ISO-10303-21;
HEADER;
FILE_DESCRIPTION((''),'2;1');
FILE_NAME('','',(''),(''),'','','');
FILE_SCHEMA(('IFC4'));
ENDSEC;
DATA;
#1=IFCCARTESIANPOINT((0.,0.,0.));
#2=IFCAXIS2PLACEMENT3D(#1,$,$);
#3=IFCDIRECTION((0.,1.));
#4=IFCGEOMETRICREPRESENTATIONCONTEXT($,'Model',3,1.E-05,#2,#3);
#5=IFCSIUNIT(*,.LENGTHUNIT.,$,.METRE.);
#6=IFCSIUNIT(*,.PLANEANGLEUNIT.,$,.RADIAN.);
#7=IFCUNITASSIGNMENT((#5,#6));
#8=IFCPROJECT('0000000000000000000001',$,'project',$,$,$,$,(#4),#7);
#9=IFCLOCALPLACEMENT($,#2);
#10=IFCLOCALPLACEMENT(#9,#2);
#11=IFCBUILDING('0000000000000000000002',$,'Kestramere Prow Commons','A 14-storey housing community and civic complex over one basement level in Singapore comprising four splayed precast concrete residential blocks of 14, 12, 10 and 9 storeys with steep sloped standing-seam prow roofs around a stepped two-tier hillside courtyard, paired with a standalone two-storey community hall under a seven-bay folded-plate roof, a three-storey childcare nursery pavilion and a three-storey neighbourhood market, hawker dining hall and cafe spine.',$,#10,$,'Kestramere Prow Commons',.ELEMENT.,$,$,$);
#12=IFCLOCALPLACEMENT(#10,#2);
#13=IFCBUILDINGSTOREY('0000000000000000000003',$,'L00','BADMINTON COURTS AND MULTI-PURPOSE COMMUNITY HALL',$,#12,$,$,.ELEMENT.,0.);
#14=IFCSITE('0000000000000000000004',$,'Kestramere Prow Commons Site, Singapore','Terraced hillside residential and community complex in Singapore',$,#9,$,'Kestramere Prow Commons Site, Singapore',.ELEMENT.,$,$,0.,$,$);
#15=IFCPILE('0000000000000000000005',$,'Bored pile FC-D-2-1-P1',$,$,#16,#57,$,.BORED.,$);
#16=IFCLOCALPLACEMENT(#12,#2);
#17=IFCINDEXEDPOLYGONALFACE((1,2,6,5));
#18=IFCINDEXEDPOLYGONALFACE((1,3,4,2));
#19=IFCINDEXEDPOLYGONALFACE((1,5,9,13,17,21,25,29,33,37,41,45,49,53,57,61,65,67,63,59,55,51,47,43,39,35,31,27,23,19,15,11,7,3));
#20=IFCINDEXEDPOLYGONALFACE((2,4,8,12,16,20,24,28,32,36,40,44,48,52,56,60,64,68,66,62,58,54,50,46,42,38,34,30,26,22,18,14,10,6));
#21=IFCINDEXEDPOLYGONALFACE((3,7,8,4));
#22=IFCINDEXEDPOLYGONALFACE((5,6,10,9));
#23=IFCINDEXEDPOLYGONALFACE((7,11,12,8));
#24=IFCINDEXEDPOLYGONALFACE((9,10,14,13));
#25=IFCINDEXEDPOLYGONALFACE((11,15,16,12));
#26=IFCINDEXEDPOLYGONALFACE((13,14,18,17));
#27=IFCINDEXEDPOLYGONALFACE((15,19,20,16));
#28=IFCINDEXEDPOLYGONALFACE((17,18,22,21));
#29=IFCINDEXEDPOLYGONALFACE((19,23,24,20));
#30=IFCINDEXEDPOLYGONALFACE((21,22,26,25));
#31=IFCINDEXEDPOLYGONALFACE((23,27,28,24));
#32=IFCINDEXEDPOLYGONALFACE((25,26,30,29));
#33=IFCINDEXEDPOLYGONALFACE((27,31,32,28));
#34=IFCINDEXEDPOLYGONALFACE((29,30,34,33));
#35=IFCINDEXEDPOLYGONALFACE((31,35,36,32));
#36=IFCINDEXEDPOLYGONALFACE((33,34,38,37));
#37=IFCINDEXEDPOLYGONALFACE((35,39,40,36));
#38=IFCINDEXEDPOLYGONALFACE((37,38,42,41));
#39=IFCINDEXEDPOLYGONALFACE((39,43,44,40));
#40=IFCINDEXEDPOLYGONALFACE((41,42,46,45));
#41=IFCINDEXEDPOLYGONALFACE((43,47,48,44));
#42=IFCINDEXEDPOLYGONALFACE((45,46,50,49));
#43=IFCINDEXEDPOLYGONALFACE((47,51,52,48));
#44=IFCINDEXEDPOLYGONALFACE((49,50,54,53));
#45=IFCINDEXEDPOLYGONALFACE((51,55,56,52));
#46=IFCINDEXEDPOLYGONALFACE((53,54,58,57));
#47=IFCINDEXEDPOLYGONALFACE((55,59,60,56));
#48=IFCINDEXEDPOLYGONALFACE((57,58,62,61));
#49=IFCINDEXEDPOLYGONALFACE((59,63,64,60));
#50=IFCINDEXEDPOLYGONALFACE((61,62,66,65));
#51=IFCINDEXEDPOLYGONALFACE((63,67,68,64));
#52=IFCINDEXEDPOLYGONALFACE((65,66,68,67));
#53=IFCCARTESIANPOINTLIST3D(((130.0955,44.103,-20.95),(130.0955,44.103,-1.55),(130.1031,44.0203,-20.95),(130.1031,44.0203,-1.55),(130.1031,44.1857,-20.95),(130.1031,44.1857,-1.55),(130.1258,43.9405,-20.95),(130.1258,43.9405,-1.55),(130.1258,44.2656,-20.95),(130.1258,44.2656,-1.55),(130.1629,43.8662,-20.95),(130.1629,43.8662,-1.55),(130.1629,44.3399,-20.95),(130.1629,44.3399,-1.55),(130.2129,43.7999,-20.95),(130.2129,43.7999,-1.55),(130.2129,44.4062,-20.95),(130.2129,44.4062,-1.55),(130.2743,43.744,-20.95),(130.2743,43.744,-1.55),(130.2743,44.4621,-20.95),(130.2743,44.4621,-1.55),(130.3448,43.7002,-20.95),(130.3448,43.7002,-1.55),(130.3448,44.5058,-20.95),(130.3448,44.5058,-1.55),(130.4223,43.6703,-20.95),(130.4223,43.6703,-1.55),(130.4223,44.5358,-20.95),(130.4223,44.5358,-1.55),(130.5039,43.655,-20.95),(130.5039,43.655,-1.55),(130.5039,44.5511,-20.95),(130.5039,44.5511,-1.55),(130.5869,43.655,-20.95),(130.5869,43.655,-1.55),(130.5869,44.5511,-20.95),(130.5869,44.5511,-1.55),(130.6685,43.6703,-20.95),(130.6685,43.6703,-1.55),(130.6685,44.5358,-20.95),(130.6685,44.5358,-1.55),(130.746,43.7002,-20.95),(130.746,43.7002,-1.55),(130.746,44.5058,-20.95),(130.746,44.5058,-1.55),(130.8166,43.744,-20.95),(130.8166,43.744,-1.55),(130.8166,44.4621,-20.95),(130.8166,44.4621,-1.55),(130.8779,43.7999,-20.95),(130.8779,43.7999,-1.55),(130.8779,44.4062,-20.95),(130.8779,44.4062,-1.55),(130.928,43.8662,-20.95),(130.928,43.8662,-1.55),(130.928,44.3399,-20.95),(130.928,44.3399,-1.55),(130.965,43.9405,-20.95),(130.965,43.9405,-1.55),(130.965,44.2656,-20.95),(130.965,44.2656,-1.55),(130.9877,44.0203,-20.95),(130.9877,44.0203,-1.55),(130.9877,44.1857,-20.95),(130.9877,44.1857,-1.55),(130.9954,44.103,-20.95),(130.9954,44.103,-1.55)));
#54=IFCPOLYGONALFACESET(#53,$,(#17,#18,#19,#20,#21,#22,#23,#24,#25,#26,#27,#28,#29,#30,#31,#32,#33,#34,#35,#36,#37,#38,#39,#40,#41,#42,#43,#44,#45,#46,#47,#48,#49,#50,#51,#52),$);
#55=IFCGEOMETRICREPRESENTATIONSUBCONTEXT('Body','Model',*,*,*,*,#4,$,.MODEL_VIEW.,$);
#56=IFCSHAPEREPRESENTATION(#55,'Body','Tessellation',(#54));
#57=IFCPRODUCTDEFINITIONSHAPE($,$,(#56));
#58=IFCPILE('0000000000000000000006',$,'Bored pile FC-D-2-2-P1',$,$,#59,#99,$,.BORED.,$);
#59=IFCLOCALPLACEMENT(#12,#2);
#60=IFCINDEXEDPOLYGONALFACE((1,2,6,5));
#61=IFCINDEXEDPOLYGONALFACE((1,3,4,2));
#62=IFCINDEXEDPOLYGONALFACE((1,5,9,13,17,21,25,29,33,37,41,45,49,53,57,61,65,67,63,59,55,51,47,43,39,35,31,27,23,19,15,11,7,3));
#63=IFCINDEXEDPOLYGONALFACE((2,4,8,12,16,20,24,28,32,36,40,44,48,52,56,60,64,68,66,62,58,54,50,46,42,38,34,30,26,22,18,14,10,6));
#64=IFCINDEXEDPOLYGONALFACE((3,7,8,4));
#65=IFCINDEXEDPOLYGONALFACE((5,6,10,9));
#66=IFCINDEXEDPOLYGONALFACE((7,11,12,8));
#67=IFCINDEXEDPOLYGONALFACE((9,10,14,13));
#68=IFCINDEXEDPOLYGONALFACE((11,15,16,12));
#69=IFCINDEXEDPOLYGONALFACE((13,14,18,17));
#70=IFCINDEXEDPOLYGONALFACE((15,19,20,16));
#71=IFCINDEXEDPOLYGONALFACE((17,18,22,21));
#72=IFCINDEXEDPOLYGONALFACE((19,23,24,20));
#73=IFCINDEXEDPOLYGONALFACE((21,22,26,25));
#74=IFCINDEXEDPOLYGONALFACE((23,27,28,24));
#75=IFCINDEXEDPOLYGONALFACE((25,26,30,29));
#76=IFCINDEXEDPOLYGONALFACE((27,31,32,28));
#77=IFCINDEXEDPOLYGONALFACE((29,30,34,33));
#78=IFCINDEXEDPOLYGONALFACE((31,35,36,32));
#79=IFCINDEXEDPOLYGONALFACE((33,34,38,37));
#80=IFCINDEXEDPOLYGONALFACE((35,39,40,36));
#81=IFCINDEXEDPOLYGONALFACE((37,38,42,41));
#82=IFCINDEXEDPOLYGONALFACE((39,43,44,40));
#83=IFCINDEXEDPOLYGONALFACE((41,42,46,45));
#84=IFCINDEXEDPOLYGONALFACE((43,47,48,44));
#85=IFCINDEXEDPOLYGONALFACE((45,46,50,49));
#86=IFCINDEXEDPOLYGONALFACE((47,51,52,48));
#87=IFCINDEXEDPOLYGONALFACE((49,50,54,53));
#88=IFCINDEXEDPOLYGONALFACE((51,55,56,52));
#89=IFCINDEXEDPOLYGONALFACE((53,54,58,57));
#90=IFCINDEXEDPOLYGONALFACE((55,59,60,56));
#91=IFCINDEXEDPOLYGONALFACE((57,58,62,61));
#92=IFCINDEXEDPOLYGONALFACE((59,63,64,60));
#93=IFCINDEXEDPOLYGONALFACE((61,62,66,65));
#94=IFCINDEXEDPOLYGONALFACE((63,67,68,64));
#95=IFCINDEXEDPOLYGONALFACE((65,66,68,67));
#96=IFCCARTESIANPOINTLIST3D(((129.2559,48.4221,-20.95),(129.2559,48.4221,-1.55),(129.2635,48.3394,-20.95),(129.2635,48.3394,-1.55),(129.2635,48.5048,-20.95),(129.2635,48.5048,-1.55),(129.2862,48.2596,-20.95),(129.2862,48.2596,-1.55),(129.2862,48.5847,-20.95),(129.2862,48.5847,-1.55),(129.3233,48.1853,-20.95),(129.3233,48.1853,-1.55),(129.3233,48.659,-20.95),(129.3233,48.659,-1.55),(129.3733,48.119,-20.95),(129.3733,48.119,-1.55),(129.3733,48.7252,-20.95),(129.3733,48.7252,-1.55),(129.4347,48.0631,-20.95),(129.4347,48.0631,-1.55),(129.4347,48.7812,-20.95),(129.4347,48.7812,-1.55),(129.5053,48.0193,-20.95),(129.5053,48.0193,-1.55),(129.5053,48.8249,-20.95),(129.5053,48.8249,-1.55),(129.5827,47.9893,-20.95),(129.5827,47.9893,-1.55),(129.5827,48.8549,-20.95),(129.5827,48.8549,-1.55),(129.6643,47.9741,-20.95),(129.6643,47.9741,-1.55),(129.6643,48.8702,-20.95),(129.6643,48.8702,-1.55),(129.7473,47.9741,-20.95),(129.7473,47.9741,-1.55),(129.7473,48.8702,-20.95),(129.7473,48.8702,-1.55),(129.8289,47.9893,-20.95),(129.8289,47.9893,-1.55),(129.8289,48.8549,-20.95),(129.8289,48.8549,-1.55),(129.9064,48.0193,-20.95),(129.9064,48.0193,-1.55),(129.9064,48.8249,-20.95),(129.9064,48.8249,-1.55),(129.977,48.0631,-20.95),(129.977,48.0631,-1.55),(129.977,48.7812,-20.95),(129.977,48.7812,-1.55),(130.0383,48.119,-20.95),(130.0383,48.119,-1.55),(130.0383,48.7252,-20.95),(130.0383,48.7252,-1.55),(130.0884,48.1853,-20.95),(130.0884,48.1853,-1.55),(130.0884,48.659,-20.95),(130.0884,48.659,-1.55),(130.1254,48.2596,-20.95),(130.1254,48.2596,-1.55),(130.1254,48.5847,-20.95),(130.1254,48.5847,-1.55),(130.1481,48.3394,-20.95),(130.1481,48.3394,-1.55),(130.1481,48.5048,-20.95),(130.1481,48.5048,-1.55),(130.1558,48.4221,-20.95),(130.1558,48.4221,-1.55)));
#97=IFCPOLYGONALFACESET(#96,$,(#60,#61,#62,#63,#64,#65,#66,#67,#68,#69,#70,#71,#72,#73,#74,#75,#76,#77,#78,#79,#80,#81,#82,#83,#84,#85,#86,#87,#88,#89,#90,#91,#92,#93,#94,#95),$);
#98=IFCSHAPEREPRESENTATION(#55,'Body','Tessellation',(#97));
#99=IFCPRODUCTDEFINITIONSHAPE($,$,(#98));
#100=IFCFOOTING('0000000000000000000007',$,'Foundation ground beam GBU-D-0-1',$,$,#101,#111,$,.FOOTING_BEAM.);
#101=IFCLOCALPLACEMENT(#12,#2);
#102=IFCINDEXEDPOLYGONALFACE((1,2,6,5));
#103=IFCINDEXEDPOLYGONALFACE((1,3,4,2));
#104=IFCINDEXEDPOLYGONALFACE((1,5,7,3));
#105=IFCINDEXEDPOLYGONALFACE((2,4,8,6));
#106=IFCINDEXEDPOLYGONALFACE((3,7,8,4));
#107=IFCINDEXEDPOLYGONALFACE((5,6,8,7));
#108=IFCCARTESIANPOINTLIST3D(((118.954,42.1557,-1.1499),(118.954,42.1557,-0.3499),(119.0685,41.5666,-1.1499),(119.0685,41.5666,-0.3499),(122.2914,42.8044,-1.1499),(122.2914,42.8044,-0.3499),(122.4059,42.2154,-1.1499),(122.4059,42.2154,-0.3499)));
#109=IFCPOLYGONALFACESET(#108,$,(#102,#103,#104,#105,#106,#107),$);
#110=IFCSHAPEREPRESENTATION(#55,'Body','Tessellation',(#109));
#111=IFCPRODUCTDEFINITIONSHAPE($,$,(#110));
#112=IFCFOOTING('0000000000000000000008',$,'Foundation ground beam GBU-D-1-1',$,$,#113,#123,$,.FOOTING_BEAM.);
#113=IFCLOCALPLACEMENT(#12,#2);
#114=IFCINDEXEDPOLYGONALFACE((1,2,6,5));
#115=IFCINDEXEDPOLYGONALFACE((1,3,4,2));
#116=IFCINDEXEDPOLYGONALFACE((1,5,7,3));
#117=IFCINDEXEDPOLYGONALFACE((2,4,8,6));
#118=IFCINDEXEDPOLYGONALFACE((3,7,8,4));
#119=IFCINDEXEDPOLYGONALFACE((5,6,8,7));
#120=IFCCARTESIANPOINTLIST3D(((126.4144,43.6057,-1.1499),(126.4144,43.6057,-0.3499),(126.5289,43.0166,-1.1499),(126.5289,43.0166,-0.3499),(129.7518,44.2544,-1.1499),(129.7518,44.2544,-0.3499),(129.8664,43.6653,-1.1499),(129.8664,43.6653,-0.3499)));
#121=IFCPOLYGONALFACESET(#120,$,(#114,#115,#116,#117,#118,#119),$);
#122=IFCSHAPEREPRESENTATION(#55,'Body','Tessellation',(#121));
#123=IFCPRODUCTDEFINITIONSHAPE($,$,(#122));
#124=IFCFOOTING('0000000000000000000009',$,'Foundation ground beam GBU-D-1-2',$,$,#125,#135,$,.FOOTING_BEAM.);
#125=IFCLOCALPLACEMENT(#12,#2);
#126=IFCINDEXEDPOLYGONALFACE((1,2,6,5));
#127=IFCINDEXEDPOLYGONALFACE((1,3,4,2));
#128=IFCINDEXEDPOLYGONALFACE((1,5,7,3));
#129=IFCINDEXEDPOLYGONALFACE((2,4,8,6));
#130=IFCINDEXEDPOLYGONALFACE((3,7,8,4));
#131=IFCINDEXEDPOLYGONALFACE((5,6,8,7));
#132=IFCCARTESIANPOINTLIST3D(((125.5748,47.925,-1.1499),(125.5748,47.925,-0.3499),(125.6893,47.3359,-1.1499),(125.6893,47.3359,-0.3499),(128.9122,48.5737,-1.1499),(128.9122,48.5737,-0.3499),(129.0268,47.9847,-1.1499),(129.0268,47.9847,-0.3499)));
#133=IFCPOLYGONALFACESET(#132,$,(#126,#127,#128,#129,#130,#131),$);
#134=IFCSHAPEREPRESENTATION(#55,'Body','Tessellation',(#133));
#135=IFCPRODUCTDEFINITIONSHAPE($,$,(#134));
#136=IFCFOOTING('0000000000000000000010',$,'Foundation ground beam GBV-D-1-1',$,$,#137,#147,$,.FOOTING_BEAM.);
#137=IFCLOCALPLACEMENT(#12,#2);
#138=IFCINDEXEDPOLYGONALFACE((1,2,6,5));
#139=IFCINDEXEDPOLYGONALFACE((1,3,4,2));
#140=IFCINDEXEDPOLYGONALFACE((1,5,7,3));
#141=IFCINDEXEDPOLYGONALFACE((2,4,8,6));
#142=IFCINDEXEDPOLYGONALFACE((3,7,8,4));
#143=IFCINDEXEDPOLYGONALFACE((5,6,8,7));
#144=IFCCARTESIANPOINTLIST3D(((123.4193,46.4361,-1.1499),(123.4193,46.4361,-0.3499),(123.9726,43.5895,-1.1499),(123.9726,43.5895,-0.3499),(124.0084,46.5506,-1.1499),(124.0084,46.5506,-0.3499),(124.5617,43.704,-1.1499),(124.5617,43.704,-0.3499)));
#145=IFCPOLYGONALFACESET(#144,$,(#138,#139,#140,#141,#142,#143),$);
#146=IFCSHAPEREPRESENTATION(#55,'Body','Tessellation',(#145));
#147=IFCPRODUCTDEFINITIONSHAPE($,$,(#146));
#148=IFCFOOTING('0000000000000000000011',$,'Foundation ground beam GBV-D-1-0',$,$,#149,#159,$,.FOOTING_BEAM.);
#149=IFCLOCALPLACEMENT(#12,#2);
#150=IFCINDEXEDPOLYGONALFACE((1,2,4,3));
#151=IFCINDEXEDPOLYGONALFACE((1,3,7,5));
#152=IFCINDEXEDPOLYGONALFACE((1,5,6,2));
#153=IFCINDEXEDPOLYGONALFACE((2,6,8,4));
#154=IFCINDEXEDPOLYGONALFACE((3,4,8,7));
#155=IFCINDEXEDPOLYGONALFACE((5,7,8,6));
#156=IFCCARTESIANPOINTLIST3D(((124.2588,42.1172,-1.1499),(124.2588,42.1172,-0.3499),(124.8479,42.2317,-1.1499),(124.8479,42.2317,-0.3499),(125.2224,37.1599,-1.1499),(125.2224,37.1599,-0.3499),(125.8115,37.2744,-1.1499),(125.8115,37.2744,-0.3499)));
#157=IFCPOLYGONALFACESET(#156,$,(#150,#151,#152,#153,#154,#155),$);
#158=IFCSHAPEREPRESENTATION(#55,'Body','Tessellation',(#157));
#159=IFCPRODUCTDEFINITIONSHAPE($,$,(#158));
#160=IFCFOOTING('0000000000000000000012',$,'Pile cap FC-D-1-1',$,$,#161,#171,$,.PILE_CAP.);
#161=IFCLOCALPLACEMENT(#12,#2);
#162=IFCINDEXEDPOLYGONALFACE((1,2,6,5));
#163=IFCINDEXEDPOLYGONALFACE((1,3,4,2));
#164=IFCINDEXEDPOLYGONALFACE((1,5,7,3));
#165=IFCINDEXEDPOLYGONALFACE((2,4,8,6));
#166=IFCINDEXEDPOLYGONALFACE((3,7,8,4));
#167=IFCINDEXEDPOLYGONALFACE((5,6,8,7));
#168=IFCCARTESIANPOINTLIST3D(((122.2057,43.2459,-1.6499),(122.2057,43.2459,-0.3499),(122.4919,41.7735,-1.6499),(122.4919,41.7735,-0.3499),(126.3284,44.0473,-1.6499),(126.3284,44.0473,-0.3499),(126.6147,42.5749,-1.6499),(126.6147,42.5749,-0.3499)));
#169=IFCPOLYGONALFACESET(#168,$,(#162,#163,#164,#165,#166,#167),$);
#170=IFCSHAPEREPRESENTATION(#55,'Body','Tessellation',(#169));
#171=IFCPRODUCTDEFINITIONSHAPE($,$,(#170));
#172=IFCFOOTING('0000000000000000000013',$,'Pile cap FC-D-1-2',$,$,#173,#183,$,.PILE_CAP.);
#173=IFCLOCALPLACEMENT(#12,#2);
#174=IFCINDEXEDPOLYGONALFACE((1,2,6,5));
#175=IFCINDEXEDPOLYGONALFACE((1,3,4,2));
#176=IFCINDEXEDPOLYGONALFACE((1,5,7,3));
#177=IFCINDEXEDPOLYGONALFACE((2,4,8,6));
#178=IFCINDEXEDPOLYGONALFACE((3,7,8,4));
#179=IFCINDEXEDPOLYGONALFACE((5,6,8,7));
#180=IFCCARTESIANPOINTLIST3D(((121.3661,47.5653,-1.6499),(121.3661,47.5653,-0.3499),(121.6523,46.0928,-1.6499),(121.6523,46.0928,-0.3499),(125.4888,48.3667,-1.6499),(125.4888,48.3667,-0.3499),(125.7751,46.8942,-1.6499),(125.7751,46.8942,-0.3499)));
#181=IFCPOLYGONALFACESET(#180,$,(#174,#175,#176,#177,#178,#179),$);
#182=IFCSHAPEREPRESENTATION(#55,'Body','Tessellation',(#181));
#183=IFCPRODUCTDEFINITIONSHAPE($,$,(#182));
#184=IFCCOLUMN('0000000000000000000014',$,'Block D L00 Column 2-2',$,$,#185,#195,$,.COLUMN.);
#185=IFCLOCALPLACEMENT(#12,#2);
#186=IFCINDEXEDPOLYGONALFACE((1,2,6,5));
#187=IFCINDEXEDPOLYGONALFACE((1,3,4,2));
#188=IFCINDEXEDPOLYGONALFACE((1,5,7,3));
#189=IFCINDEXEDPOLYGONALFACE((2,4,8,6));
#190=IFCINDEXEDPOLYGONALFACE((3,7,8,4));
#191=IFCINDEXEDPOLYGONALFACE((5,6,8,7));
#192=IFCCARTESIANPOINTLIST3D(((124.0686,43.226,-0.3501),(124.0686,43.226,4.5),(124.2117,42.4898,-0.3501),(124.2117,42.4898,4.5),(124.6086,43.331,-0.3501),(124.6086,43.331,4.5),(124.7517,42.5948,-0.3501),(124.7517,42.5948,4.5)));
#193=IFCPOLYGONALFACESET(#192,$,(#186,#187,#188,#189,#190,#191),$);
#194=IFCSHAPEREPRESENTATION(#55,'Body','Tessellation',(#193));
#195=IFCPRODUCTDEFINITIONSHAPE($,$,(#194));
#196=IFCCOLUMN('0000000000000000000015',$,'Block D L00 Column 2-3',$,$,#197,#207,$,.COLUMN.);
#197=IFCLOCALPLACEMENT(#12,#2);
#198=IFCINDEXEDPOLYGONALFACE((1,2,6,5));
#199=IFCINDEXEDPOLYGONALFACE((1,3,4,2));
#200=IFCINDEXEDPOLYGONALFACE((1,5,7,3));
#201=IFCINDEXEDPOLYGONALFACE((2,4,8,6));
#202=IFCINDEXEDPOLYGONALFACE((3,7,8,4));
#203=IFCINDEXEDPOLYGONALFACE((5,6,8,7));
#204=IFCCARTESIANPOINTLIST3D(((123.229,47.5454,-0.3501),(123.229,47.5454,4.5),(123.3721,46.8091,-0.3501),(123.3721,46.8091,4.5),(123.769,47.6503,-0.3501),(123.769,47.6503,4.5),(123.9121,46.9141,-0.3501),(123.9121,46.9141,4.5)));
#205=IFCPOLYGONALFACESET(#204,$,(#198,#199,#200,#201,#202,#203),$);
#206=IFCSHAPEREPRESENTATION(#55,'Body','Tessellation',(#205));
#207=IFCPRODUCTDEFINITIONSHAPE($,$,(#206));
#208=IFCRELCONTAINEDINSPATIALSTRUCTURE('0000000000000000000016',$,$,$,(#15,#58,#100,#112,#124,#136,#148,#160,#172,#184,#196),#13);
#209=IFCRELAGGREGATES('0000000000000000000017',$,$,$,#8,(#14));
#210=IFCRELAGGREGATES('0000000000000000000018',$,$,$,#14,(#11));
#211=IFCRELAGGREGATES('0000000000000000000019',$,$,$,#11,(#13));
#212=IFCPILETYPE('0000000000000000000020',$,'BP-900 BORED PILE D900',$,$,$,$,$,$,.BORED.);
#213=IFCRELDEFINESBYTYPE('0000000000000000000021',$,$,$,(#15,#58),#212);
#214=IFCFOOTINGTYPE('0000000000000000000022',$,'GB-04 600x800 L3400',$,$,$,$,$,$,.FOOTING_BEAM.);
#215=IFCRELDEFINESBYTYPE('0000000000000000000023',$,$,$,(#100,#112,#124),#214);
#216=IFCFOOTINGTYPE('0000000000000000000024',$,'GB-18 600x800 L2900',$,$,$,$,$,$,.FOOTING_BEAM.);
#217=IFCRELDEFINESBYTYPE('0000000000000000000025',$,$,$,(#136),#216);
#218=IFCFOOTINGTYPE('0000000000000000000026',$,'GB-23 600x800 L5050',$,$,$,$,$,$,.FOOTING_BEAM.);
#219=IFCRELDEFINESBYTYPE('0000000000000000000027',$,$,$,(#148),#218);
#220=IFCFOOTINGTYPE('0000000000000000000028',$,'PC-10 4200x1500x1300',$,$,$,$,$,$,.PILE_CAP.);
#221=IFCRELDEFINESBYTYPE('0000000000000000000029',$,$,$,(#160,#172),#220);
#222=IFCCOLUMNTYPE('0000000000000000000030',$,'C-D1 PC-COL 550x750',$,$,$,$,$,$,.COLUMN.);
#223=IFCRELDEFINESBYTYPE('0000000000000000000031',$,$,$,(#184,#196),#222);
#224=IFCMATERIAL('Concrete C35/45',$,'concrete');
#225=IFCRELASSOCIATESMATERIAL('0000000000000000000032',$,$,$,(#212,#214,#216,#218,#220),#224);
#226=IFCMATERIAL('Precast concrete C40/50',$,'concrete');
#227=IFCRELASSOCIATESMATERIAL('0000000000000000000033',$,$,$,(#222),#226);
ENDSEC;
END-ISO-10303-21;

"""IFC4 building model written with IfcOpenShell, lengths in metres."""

from ifc_helpers import new_model, si_unit, direction, frame, origin, origin_2d, place, context, subcontext, project, spatial, rectangle, circle, extrude, material, material_profile, profile_set, type_object, element, save


model = new_model("IFC4")

# Units and contexts
model_context = context("Model", 3, precision=1e-05, world=origin(), true_north=direction((0.0, 1.0)))
body_context = subcontext(model_context, "Body", "Model", "MODEL_VIEW")
ifc_project = project(units=[si_unit("LENGTHUNIT", "METRE"), si_unit("PLANEANGLEUNIT", "RADIAN")], contexts=[model_context])

# Site, building, storey
site_placement = place(None, origin())
site = spatial("IfcSite", under=ifc_project, at=site_placement, Name="Kestramere Prow Commons Site, Singapore", Description="Terraced hillside residential and community complex in Singapore", LongName="Kestramere Prow Commons Site, Singapore", CompositionType="ELEMENT", RefElevation=0.0)
building_placement = place(site_placement, origin())
building = spatial("IfcBuilding", under=site, at=building_placement, Name="Kestramere Prow Commons", Description="A 14-storey housing community and civic complex over one basement level in Singapore comprising four splayed precast concrete residential blocks of 14, 12, 10 and 9 storeys with steep sloped standing-seam prow roofs around a stepped two-tier hillside courtyard, paired with a standalone two-storey community hall under a seven-bay folded-plate roof, a three-storey childcare nursery pavilion and a three-storey neighbourhood market, hawker dining hall and cafe spine.", LongName="Kestramere Prow Commons", CompositionType="ELEMENT")
storey_placement = place(building_placement, origin())
storey = spatial("IfcBuildingStorey", under=building, at=storey_placement, Name="L00", Description="BADMINTON COURTS AND MULTI-PURPOSE COMMUNITY HALL", CompositionType="ELEMENT", Elevation=0.0)

# Piles
ifc_material_1 = material(Name="Concrete C35/45", Category="concrete")
ifc_material_profile_1 = material_profile(ifc_material_1, circle(Radius=0.45, at=origin_2d()), Name="BORED PILE D900")
ifc_profile_set_1 = profile_set([ifc_material_profile_1], Name="Concrete C35/45")
pile_type = type_object("IfcPileType", Name="BP-900 BORED PILE D900", PredefinedType="BORED", material=ifc_profile_set_1)
for number, where, z_axis, x_axis, name in (
    (1, (130.5454, 44.103, -1.55), (0.0, 0.0, -1.0), (1.0, 0.0, 0.0), "Bored pile FC-D-2-1-P1"),
    (2, (129.7058, 48.4221, -1.55), (0.0, 0.0, -1.0), (1.0, 0.0, 0.0), "Bored pile FC-D-2-2-P1"),
):
    element("IfcPile", number, at=place(storey_placement, frame(where, z_axis=z_axis, x_axis=x_axis)), inside=storey, type_object=pile_type, Name=name, PredefinedType="BORED", context=body_context, shape_type="SweptSolid", body=[
        extrude(circle(Radius=0.45, at=origin_2d()), origin(), (0.0, 0.0, 1.0), 19.3999),
    ])

# Footings
footing_type_1 = type_object("IfcFootingType", Name="GB-04 600x800 L3400", PredefinedType="FOOTING_BEAM", material=ifc_material_1)
for number, where, z_axis, x_axis, name in (
    (3, (120.6799, 42.1855, -1.1499), (0.0, 0.0, 1.0), (0.981627, 0.190809, 0.0), "Foundation ground beam GBU-D-0-1"),
    (4, (128.1404, 43.6355, -1.1499), (0.0, 0.0, 1.0), (0.981627, 0.190809, 0.0), "Foundation ground beam GBU-D-1-1"),
    (5, (127.3008, 47.9548, -1.1499), (0.0, 0.0, 1.0), (0.981627, 0.190809, 0.0), "Foundation ground beam GBU-D-1-2"),
):
    element("IfcFooting", number, at=place(storey_placement, frame(where, z_axis=z_axis, x_axis=x_axis)), inside=storey, type_object=footing_type_1, Name=name, PredefinedType="FOOTING_BEAM", context=body_context, shape_type="SweptSolid", body=[
        extrude(rectangle(XDim=3.3999, YDim=0.6001, at=origin_2d()), origin(), (0.0, 0.0, 1.0), 0.8),
    ])
footing_type_2 = type_object("IfcFootingType", Name="GB-18 600x800 L2900", PredefinedType="FOOTING_BEAM", material=ifc_material_1)
footing_1_placement = place(storey_placement, frame((123.9905, 45.0701, -1.1499), z_axis=(0.0, 0.0, 1.0), x_axis=(-0.190809, 0.981627, 0.0)))
element("IfcFooting", 6, at=footing_1_placement, inside=storey, type_object=footing_type_2, Name="Foundation ground beam GBV-D-1-1", PredefinedType="FOOTING_BEAM", context=body_context, shape_type="SweptSolid", body=[
    extrude(rectangle(XDim=2.8999, YDim=0.6001, at=origin_2d()), origin(), (0.0, 0.0, 1.0), 0.8),
])
footing_type_3 = type_object("IfcFootingType", Name="GB-23 600x800 L5050", PredefinedType="FOOTING_BEAM", material=ifc_material_1)
footing_2_placement = place(storey_placement, frame((125.0352, 39.6958, -1.1499), z_axis=(0.0, 0.0, 1.0), x_axis=(-0.190809, 0.981627, 0.0)))
element("IfcFooting", 7, at=footing_2_placement, inside=storey, type_object=footing_type_3, Name="Foundation ground beam GBV-D-1-0", PredefinedType="FOOTING_BEAM", context=body_context, shape_type="SweptSolid", body=[
    extrude(rectangle(XDim=5.05, YDim=0.6001, at=origin_2d()), origin(), (0.0, 0.0, 1.0), 0.8),
])
footing_type_4 = type_object("IfcFootingType", Name="PC-10 4200x1500x1300", PredefinedType="PILE_CAP", material=ifc_material_1)
for number, where, z_axis, x_axis, name in (
    (8, (124.4102, 42.9104, -1.6499), (0.0, 0.0, 1.0), (0.981627, 0.190809, 0.0), "Pile cap FC-D-1-1"),
    (9, (123.5706, 47.2297, -1.6499), (0.0, 0.0, 1.0), (0.981627, 0.190809, 0.0), "Pile cap FC-D-1-2"),
):
    element("IfcFooting", number, at=place(storey_placement, frame(where, z_axis=z_axis, x_axis=x_axis)), inside=storey, type_object=footing_type_4, Name=name, PredefinedType="PILE_CAP", context=body_context, shape_type="SweptSolid", body=[
        extrude(rectangle(XDim=4.2, YDim=1.5, at=origin_2d()), origin(), (0.0, 0.0, 1.0), 1.3),
    ])

# Columns
ifc_material_2 = material(Name="Precast concrete C40/50", Category="concrete")
ifc_material_profile_2 = material_profile(ifc_material_2, rectangle(XDim=0.55, YDim=0.75, at=origin_2d()), Name="PC-COL 550x750")
ifc_profile_set_2 = profile_set([ifc_material_profile_2], Name="Precast concrete C40/50")
column_type = type_object("IfcColumnType", Name="C-D1 PC-COL 550x750", PredefinedType="COLUMN", material=ifc_profile_set_2)
for number, where, z_axis, x_axis, name in (
    (10, (124.4102, 42.9104, -0.3501), (0.0, 0.0, 1.0), (0.981627, 0.190809, 0.0), "Block D L00 Column 2-2"),
    (11, (123.5706, 47.2297, -0.3501), (0.0, 0.0, 1.0), (0.981627, 0.190809, 0.0), "Block D L00 Column 2-3"),
):
    element("IfcColumn", number, at=place(storey_placement, frame(where, z_axis=z_axis, x_axis=x_axis)), inside=storey, type_object=column_type, Name=name, PredefinedType="COLUMN", context=body_context, shape_type="SweptSolid", body=[
        extrude(rectangle(XDim=0.55, YDim=0.75, at=origin_2d()), origin(), (0.0, 0.0, 1.0), 4.8501),
    ])

save(model, "model.ifc")
